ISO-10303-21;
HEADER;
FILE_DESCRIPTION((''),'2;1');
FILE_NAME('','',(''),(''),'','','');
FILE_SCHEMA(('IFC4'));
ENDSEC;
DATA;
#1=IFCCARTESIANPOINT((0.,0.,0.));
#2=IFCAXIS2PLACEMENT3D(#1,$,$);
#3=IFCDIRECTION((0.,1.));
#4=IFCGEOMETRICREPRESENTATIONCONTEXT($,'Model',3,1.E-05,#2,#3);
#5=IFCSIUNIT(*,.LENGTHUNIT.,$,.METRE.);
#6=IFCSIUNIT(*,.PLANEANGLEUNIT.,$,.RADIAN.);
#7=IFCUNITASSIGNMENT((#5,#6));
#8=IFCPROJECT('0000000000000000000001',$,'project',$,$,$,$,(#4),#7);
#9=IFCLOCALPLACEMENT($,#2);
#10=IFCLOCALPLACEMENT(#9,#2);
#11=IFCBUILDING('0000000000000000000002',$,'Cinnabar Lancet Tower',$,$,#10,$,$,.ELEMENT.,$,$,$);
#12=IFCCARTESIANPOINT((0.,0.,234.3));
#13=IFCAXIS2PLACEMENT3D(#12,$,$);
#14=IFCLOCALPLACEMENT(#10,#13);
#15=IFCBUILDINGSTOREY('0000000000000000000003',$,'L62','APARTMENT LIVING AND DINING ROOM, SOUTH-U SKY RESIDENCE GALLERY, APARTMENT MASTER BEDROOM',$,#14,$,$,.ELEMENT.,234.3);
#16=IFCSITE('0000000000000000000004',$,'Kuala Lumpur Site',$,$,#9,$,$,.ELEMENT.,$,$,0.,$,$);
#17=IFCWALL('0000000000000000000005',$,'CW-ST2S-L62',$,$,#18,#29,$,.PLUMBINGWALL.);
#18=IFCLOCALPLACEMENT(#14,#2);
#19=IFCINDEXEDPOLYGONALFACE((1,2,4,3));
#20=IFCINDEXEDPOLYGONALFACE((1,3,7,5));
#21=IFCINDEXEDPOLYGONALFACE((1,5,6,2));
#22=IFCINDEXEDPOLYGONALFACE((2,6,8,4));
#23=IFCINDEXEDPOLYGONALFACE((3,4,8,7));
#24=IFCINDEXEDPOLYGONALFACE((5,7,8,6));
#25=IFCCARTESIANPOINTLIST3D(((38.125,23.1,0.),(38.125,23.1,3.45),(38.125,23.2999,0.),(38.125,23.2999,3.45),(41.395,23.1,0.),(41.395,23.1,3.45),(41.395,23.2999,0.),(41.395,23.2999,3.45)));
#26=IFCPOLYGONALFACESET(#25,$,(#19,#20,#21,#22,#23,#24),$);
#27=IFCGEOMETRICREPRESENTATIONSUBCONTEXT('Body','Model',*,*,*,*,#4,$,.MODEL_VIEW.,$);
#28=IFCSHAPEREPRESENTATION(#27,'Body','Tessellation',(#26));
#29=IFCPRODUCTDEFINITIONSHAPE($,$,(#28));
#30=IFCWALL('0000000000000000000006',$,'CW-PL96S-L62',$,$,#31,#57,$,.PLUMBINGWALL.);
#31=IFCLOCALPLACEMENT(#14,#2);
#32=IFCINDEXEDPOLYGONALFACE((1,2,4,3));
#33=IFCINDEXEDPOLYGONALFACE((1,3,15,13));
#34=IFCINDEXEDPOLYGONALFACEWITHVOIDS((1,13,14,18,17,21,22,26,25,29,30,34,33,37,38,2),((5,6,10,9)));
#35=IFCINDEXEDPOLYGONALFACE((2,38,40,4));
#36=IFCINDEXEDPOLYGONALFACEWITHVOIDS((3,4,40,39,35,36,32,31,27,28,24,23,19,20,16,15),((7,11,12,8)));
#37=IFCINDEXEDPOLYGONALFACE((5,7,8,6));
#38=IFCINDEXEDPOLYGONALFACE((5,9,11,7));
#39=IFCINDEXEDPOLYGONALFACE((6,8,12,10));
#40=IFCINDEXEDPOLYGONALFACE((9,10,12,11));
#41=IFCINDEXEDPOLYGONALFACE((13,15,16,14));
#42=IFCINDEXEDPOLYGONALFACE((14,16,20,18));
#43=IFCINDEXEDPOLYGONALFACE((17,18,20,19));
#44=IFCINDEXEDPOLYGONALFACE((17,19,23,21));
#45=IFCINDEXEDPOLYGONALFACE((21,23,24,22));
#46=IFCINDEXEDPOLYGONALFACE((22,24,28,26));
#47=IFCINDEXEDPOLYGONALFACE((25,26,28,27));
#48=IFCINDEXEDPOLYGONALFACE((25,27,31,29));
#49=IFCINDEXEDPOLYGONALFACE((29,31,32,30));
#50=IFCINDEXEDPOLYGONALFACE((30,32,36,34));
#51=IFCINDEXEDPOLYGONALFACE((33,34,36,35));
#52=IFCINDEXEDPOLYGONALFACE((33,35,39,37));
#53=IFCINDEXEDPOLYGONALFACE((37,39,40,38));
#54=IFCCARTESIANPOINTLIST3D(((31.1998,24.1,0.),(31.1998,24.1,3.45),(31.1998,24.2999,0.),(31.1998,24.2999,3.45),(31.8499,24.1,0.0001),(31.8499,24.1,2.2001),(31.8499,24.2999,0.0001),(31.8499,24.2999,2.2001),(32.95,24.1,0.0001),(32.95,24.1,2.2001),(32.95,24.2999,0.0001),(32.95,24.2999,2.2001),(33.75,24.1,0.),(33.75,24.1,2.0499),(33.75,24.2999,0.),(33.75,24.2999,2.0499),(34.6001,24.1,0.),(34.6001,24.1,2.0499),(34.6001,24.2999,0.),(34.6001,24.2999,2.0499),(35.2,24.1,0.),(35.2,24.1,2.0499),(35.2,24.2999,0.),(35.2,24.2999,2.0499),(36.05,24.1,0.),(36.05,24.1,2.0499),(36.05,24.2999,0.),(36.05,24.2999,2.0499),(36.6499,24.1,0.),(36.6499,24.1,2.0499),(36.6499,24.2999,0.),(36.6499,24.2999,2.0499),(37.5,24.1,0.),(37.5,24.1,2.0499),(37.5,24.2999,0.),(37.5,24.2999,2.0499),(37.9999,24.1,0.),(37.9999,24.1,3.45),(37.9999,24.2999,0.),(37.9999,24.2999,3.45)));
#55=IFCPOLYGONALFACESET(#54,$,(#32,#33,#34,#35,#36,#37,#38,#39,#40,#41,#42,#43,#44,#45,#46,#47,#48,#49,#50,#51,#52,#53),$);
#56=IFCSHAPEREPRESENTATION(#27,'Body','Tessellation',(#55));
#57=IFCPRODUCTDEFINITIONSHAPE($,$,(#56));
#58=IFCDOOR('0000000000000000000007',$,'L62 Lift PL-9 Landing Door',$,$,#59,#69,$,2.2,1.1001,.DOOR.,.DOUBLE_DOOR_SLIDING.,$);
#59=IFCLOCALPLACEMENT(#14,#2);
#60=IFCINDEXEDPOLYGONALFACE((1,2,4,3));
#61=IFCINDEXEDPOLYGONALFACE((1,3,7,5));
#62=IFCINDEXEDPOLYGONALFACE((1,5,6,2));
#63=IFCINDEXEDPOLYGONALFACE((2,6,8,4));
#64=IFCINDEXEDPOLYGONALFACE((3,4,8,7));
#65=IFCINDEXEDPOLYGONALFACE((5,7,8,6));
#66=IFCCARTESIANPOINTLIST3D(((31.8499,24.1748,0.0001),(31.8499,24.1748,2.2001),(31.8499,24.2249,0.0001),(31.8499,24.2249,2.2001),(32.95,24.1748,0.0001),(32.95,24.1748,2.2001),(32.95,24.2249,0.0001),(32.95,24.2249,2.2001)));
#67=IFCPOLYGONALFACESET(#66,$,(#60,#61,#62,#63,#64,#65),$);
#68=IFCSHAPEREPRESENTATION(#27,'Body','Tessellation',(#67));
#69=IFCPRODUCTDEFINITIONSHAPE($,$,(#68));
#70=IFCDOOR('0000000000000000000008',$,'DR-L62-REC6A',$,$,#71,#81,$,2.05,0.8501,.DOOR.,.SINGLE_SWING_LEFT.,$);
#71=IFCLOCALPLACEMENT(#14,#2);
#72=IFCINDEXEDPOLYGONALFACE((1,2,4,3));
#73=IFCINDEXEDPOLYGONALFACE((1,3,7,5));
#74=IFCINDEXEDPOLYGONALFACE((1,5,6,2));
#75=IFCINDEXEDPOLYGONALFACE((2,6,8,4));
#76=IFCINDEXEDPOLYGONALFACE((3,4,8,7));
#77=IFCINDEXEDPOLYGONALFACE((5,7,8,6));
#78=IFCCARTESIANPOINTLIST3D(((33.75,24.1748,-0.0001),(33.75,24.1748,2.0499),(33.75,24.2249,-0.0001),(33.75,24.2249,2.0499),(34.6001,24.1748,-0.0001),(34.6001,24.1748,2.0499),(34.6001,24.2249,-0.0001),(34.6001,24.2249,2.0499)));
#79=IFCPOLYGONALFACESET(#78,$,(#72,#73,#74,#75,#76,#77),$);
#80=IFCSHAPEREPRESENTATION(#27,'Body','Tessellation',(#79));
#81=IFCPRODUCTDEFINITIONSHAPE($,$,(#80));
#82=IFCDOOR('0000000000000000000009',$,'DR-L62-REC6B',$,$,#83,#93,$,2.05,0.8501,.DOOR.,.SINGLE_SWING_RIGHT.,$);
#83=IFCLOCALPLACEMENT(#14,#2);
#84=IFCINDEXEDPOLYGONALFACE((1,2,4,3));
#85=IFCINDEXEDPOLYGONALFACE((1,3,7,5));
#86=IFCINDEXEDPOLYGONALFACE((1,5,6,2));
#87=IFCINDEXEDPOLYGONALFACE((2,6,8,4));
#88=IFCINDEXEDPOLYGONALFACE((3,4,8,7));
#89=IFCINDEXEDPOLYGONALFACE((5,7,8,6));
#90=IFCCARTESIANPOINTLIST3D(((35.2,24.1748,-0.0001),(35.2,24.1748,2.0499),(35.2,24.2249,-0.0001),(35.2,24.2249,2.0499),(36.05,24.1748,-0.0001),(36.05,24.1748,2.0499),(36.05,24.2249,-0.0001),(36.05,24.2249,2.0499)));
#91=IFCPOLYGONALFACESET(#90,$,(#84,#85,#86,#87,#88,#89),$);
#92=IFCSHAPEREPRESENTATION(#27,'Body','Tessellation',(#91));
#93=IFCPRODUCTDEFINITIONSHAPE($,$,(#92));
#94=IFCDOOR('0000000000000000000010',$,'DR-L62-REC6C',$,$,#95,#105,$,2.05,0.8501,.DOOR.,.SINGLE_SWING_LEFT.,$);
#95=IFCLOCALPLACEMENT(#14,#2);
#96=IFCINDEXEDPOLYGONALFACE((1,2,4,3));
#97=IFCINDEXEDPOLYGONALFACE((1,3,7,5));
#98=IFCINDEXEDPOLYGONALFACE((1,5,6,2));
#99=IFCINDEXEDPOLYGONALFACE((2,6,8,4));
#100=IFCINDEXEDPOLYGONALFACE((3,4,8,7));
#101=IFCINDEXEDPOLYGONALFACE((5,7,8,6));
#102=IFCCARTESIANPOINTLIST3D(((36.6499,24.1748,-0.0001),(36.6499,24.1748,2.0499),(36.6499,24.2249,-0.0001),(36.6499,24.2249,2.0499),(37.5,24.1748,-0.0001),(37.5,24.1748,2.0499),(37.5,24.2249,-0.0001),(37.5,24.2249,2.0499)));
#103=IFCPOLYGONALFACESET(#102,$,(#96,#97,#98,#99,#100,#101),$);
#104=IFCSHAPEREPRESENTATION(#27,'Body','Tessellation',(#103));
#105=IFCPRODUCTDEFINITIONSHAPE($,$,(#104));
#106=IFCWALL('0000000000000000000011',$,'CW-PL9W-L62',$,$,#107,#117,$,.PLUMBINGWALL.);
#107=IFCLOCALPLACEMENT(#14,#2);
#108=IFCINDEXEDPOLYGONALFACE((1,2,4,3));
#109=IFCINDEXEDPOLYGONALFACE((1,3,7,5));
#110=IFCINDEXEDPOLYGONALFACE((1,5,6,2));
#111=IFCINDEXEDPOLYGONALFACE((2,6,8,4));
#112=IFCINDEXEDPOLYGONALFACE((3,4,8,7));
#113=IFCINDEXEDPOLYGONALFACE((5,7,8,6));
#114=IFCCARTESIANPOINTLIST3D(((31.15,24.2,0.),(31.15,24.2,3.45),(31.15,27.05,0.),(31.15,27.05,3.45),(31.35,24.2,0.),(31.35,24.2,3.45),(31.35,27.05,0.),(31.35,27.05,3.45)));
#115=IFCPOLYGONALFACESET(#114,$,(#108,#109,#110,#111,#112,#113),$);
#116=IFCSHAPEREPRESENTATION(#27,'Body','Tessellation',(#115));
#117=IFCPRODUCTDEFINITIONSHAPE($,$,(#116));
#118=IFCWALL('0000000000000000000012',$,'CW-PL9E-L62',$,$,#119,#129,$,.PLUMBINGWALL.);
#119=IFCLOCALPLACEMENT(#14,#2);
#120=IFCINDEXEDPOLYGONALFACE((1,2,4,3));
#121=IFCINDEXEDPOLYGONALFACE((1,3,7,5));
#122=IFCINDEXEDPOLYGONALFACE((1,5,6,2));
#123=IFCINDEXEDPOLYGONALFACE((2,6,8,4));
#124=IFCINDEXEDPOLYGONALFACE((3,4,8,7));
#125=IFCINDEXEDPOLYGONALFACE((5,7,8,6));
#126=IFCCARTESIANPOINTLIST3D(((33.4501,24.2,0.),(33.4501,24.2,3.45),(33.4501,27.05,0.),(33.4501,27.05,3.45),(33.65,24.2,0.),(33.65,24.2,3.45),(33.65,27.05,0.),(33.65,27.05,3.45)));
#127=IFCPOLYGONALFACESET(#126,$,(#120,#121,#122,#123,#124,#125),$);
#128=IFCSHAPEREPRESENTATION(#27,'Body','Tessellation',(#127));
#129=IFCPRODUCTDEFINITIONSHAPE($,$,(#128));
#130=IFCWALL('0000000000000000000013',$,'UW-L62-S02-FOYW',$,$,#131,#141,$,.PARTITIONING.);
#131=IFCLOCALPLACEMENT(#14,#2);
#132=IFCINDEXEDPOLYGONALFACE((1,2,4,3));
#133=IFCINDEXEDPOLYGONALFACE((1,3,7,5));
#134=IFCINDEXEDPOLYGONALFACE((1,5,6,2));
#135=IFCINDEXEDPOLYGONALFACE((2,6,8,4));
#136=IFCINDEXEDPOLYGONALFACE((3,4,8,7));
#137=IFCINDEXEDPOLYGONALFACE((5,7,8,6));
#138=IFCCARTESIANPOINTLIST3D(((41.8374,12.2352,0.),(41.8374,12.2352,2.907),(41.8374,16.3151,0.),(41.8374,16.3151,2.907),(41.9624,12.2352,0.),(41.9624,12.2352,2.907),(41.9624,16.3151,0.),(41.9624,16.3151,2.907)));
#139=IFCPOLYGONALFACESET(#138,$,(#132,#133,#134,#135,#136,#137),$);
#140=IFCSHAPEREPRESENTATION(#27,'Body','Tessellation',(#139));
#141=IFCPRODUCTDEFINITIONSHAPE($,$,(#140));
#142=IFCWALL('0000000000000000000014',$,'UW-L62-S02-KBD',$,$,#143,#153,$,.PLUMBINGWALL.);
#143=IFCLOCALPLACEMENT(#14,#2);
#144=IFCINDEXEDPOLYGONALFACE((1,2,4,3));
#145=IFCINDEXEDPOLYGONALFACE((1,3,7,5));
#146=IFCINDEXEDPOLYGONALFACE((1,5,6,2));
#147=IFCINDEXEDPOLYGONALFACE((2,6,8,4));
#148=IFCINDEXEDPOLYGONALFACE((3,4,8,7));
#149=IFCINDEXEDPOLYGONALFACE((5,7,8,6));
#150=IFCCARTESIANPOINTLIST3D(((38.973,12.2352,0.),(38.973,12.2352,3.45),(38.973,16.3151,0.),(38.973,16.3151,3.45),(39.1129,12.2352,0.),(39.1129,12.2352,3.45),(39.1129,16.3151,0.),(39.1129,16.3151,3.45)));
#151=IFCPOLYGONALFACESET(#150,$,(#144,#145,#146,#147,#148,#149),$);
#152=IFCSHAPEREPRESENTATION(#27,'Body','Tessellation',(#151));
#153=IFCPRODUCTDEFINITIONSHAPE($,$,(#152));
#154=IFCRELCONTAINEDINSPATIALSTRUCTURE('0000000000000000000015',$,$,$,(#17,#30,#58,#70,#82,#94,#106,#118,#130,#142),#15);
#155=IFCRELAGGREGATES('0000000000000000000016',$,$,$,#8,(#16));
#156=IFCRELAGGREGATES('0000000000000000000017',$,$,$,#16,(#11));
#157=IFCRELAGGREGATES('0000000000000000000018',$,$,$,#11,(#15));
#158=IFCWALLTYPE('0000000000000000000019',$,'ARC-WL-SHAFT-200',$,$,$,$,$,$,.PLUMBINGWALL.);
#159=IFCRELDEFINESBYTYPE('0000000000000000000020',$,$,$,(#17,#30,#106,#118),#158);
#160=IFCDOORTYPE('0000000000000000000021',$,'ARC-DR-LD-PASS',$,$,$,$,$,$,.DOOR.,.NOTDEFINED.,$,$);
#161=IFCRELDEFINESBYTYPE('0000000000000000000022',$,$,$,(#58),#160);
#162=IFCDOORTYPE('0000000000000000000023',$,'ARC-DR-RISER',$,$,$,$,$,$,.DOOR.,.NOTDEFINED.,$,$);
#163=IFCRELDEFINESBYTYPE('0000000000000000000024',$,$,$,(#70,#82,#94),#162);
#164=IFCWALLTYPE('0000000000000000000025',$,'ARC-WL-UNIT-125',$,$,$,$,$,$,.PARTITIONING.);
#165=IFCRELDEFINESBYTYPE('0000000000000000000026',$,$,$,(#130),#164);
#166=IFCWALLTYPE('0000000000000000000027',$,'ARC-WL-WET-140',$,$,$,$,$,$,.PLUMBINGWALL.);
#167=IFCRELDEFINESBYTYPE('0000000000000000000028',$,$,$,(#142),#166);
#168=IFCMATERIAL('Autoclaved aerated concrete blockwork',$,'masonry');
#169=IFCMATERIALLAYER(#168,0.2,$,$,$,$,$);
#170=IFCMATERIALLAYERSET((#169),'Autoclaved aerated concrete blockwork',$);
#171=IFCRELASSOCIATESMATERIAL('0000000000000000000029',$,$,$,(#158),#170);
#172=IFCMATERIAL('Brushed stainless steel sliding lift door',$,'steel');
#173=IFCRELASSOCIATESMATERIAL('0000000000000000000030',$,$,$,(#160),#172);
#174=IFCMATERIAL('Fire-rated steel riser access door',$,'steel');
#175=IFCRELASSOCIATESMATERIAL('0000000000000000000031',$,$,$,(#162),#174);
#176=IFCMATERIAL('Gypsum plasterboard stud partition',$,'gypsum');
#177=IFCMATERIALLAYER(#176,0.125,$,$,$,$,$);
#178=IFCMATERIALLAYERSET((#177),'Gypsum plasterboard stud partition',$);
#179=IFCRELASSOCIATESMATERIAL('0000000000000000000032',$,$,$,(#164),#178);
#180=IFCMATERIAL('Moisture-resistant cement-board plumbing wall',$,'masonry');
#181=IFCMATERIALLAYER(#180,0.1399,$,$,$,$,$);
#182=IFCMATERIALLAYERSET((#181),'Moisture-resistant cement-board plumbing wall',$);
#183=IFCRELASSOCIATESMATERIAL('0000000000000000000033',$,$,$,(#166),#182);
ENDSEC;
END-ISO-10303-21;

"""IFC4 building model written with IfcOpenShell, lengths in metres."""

from ifc_helpers import new_model, si_unit, direction, frame, frame_2d, origin, place, context, subcontext, project, spatial, rectangle, extrude, material, layer, layer_set, type_object, element, fill, save


model = new_model("IFC4")

# Units and contexts
model_context = context("Model", 3, precision=1e-05, world=origin(), true_north=direction((0.0, 1.0)))
body_context = subcontext(model_context, "Body", "Model", "MODEL_VIEW")
ifc_project = project(units=[si_unit("LENGTHUNIT", "METRE"), si_unit("PLANEANGLEUNIT", "RADIAN")], contexts=[model_context])

# Site, building, storey
site_placement = place(None, origin())
site = spatial("IfcSite", under=ifc_project, at=site_placement, Name="Kuala Lumpur Site", CompositionType="ELEMENT", RefElevation=0.0)
building_placement = place(site_placement, origin())
building = spatial("IfcBuilding", under=site, at=building_placement, Name="Cinnabar Lancet Tower", CompositionType="ELEMENT")
storey_placement = place(building_placement, frame((0.0, 0.0, 234.3)))
storey = spatial("IfcBuildingStorey", under=building, at=storey_placement, Name="L62", Description="APARTMENT LIVING AND DINING ROOM, SOUTH-U SKY RESIDENCE GALLERY, APARTMENT MASTER BEDROOM", CompositionType="ELEMENT", Elevation=234.3)

# Wall
ifc_material_1 = material(Name="Autoclaved aerated concrete blockwork", Category="masonry")
ifc_layer_1 = layer(ifc_material_1, 0.2)
ifc_layer_set_1 = layer_set([ifc_layer_1], Name="Autoclaved aerated concrete blockwork")
wall_type_1 = type_object("IfcWallType", Name="ARC-WL-SHAFT-200", PredefinedType="PLUMBINGWALL", material=ifc_layer_set_1)
wall_1_placement = place(storey_placement, frame((38.125, 23.2, 0.0), z_axis=(0.0, 0.0, 1.0), x_axis=(1.0, 0.0, 0.0)))
element("IfcWall", 1, at=wall_1_placement, inside=storey, type_object=wall_type_1, Name="CW-ST2S-L62", PredefinedType="PLUMBINGWALL", context=body_context, shape_type="SweptSolid", body=[
    extrude(rectangle(XDim=3.27, YDim=0.2, at=frame_2d((1.635, 0.0))), origin(), (0.0, 0.0, 1.0), 3.45),
])

# Wall, openings, doors
wall_2_placement = place(storey_placement, frame((31.2, 24.2, 0.0), z_axis=(0.0, 0.0, 1.0), x_axis=(1.0, 0.0, 0.0)))
wall_2 = element("IfcWall", 2, at=wall_2_placement, inside=storey, type_object=wall_type_1, Name="CW-PL96S-L62", PredefinedType="PLUMBINGWALL", context=body_context, shape_type="SweptSolid", body=[
    extrude(rectangle(XDim=6.8, YDim=0.2, at=frame_2d((3.3999, 0.0))), origin(), (0.0, 0.0, 1.0), 3.45),
])
opening_1_placement = place(wall_2_placement, frame((0.6499, 0.0, 0.0)))
opening_1 = element("IfcOpeningElement", 3, at=opening_1_placement, cuts=wall_2, PredefinedType="OPENING", context=body_context, shape_type="SweptSolid", body=[
    extrude(rectangle(XDim=1.1001, YDim=2.2, at=frame_2d((0.55, 1.1001))), frame((0.0, 0.1099, 0.0), z_axis=(0.0, -1.0, 0.0), x_axis=(1.0, 0.0, 0.0)), (0.0, 0.0, 1.0), 0.22),
])
opening_2_placement = place(wall_2_placement, frame((2.55, 0.0, 0.0)))
opening_2 = element("IfcOpeningElement", 4, at=opening_2_placement, cuts=wall_2, PredefinedType="OPENING", context=body_context, shape_type="SweptSolid", body=[
    extrude(rectangle(XDim=0.8501, YDim=2.05, at=frame_2d((0.425, 1.0249))), frame((0.0, 0.1099, 0.0), z_axis=(0.0, -1.0, 0.0), x_axis=(1.0, 0.0, 0.0)), (0.0, 0.0, 1.0), 0.22),
])
opening_3_placement = place(wall_2_placement, frame((4.0, 0.0, 0.0)))
opening_3 = element("IfcOpeningElement", 5, at=opening_3_placement, cuts=wall_2, PredefinedType="OPENING", context=body_context, shape_type="SweptSolid", body=[
    extrude(rectangle(XDim=0.8501, YDim=2.05, at=frame_2d((0.425, 1.0249))), frame((0.0, 0.1099, 0.0), z_axis=(0.0, -1.0, 0.0), x_axis=(1.0, 0.0, 0.0)), (0.0, 0.0, 1.0), 0.22),
])
opening_4_placement = place(wall_2_placement, frame((5.45, 0.0, 0.0)))
opening_4 = element("IfcOpeningElement", 6, at=opening_4_placement, cuts=wall_2, PredefinedType="OPENING", context=body_context, shape_type="SweptSolid", body=[
    extrude(rectangle(XDim=0.8501, YDim=2.05, at=frame_2d((0.425, 1.0249))), frame((0.0, 0.1099, 0.0), z_axis=(0.0, -1.0, 0.0), x_axis=(1.0, 0.0, 0.0)), (0.0, 0.0, 1.0), 0.22),
])
ifc_material_2 = material(Name="Brushed stainless steel sliding lift door", Category="steel")
door_type_1 = type_object("IfcDoorType", Name="ARC-DR-LD-PASS", OperationType="NOTDEFINED", PredefinedType="DOOR", material=ifc_material_2)
door_1_placement = place(opening_1_placement, origin())
door_1 = element("IfcDoor", 7, at=door_1_placement, inside=storey, type_object=door_type_1, Name="L62 Lift PL-9 Landing Door", OperationType="DOUBLE_DOOR_SLIDING", OverallHeight=2.2, OverallWidth=1.1001, PredefinedType="DOOR", context=body_context, shape_type="SweptSolid", body=[
    extrude(rectangle(XDim=1.1001, YDim=2.2, at=frame_2d((0.55, 1.1001))), frame((0.0, 0.0249, 0.0), z_axis=(0.0, -1.0, 0.0), x_axis=(1.0, 0.0, 0.0)), (0.0, 0.0, 1.0), 0.05),
])
fill(opening_1, door_1)
ifc_material_3 = material(Name="Fire-rated steel riser access door", Category="steel")
door_type_2 = type_object("IfcDoorType", Name="ARC-DR-RISER", OperationType="NOTDEFINED", PredefinedType="DOOR", material=ifc_material_3)
door_2_placement = place(opening_2_placement, origin())
door_2 = element("IfcDoor", 8, at=door_2_placement, inside=storey, type_object=door_type_2, Name="DR-L62-REC6A", OperationType="SINGLE_SWING_LEFT", OverallHeight=2.05, OverallWidth=0.8501, PredefinedType="DOOR", context=body_context, shape_type="SweptSolid", body=[
    extrude(rectangle(XDim=0.8501, YDim=2.05, at=frame_2d((0.425, 1.0249))), frame((0.0, 0.0249, 0.0), z_axis=(0.0, -1.0, 0.0), x_axis=(1.0, 0.0, 0.0)), (0.0, 0.0, 1.0), 0.05),
])
fill(opening_2, door_2)
door_3_placement = place(opening_3_placement, origin())
door_3 = element("IfcDoor", 9, at=door_3_placement, inside=storey, type_object=door_type_2, Name="DR-L62-REC6B", OperationType="SINGLE_SWING_RIGHT", OverallHeight=2.05, OverallWidth=0.8501, PredefinedType="DOOR", context=body_context, shape_type="SweptSolid", body=[
    extrude(rectangle(XDim=0.8501, YDim=2.05, at=frame_2d((0.425, 1.0249))), frame((0.0, 0.0249, 0.0), z_axis=(0.0, -1.0, 0.0), x_axis=(1.0, 0.0, 0.0)), (0.0, 0.0, 1.0), 0.05),
])
fill(opening_3, door_3)
door_4_placement = place(opening_4_placement, origin())
door_4 = element("IfcDoor", 10, at=door_4_placement, inside=storey, type_object=door_type_2, Name="DR-L62-REC6C", OperationType="SINGLE_SWING_LEFT", OverallHeight=2.05, OverallWidth=0.8501, PredefinedType="DOOR", context=body_context, shape_type="SweptSolid", body=[
    extrude(rectangle(XDim=0.8501, YDim=2.05, at=frame_2d((0.425, 1.0249))), frame((0.0, 0.0249, 0.0), z_axis=(0.0, -1.0, 0.0), x_axis=(1.0, 0.0, 0.0)), (0.0, 0.0, 1.0), 0.05),
])
fill(opening_4, door_4)

# Walls
for number, where, z_axis, x_axis, name in (
    (11, (31.25, 24.2, 0.0), (0.0, 0.0, 1.0), (0.0, 1.0, 0.0), "CW-PL9W-L62"),
    (12, (33.55, 24.2, 0.0), (0.0, 0.0, 1.0), (0.0, 1.0, 0.0), "CW-PL9E-L62"),
):
    element("IfcWall", number, at=place(storey_placement, frame(where, z_axis=z_axis, x_axis=x_axis)), inside=storey, type_object=wall_type_1, Name=name, PredefinedType="PLUMBINGWALL", context=body_context, shape_type="SweptSolid", body=[
        extrude(rectangle(XDim=2.8501, YDim=0.2, at=frame_2d((1.425, 0.0))), origin(), (0.0, 0.0, 1.0), 3.45),
    ])
ifc_material_4 = material(Name="Gypsum plasterboard stud partition", Category="gypsum")
ifc_layer_2 = layer(ifc_material_4, 0.125)
ifc_layer_set_2 = layer_set([ifc_layer_2], Name="Gypsum plasterboard stud partition")
wall_type_2 = type_object("IfcWallType", Name="ARC-WL-UNIT-125", PredefinedType="PARTITIONING", material=ifc_layer_set_2)
wall_3_placement = place(storey_placement, frame((41.8999, 12.2351, 0.0), z_axis=(0.0, 0.0, 1.0), x_axis=(0.0, 1.0, 0.0)))
element("IfcWall", 13, at=wall_3_placement, inside=storey, type_object=wall_type_2, Name="UW-L62-S02-FOYW", PredefinedType="PARTITIONING", context=body_context, shape_type="SweptSolid", body=[
    extrude(rectangle(XDim=4.0798, YDim=0.125, at=frame_2d((2.04, 0.0))), origin(), (0.0, 0.0, 1.0), 2.907),
])
ifc_material_5 = material(Name="Moisture-resistant cement-board plumbing wall", Category="masonry")
ifc_layer_3 = layer(ifc_material_5, 0.1399)
ifc_layer_set_3 = layer_set([ifc_layer_3], Name="Moisture-resistant cement-board plumbing wall")
wall_type_3 = type_object("IfcWallType", Name="ARC-WL-WET-140", PredefinedType="PLUMBINGWALL", material=ifc_layer_set_3)
wall_4_placement = place(storey_placement, frame((39.043, 12.2351, 0.0), z_axis=(0.0, 0.0, 1.0), x_axis=(0.0, 1.0, 0.0)))
element("IfcWall", 14, at=wall_4_placement, inside=storey, type_object=wall_type_3, Name="UW-L62-S02-KBD", PredefinedType="PLUMBINGWALL", context=body_context, shape_type="SweptSolid", body=[
    extrude(rectangle(XDim=4.0798, YDim=0.1399, at=frame_2d((2.04, 0.0))), origin(), (0.0, 0.0, 1.0), 3.45),
])

save(model, "model.ifc")
